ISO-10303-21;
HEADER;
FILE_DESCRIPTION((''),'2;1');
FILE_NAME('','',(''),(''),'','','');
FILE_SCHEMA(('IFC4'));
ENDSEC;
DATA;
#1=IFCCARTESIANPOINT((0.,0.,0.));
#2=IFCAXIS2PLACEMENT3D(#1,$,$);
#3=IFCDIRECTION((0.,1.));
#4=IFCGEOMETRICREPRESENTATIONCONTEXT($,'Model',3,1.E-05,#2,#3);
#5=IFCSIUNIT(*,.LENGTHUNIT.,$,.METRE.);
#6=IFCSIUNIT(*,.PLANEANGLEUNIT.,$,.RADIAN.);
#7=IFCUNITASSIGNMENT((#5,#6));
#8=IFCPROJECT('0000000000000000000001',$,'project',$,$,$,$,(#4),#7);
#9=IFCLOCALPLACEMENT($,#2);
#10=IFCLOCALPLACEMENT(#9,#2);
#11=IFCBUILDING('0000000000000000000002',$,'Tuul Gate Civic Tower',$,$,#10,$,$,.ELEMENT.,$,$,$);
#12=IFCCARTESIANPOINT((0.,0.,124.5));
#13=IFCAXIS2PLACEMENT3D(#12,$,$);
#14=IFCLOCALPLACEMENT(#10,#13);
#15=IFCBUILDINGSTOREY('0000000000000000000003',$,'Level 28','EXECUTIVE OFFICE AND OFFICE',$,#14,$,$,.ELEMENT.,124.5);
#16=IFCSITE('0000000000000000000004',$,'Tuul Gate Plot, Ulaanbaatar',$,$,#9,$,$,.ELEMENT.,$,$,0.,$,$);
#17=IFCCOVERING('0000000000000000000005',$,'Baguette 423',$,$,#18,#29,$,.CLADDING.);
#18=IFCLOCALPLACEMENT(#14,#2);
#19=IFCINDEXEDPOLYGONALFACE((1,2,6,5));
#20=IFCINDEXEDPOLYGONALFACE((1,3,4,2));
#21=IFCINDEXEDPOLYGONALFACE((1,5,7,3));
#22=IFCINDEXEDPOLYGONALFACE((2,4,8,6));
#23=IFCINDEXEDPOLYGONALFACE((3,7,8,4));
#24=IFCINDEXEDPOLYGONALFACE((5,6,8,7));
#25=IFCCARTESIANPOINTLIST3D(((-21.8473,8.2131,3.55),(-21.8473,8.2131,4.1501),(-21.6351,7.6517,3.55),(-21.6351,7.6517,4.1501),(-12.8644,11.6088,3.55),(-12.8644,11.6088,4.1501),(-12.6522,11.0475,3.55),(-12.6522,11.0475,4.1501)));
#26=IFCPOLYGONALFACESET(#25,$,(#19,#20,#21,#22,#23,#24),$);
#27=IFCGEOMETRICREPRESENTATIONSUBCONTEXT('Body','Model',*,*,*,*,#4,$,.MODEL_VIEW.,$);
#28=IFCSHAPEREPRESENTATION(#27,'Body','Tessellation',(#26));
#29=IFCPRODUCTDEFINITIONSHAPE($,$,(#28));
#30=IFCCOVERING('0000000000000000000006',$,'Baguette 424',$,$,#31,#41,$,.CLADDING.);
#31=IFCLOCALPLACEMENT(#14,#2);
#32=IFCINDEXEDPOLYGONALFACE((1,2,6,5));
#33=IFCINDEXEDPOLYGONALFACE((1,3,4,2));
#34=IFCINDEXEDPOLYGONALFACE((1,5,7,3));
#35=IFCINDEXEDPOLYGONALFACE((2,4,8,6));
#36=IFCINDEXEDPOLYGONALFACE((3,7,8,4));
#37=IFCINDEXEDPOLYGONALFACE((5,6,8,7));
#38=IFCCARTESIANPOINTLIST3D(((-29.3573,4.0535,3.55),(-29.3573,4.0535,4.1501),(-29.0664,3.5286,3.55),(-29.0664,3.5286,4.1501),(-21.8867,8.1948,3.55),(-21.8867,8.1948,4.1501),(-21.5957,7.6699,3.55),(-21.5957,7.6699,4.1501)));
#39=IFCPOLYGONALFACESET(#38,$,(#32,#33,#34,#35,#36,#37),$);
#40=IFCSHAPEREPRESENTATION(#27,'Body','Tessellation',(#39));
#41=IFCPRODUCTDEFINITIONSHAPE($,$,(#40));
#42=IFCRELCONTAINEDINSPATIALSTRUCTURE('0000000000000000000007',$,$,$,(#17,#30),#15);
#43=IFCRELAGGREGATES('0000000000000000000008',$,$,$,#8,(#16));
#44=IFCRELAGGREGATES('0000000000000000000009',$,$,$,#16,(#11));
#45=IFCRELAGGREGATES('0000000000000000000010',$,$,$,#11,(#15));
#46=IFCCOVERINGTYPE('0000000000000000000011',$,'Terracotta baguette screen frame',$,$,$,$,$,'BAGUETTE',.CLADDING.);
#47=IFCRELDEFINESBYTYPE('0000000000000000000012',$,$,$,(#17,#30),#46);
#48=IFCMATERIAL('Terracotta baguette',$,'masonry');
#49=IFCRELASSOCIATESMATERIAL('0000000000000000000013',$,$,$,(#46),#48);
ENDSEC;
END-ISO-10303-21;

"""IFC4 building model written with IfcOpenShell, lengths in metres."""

from ifc_helpers import new_model, si_unit, direction, frame, origin, origin_2d, place, context, subcontext, project, spatial, rectangle, extrude, material, material_profile, profile_set, type_object, element, save


model = new_model("IFC4")

# Units and contexts
model_context = context("Model", 3, precision=1e-05, world=origin(), true_north=direction((0.0, 1.0)))
body_context = subcontext(model_context, "Body", "Model", "MODEL_VIEW")
ifc_project = project(units=[si_unit("LENGTHUNIT", "METRE"), si_unit("PLANEANGLEUNIT", "RADIAN")], contexts=[model_context])

# Site, building, storey
site_placement = place(None, origin())
site = spatial("IfcSite", under=ifc_project, at=site_placement, Name="Tuul Gate Plot, Ulaanbaatar", CompositionType="ELEMENT", RefElevation=0.0)
building_placement = place(site_placement, origin())
building = spatial("IfcBuilding", under=site, at=building_placement, Name="Tuul Gate Civic Tower", CompositionType="ELEMENT")
storey_placement = place(building_placement, frame((0.0, 0.0, 124.5)))
storey = spatial("IfcBuildingStorey", under=building, at=storey_placement, Name="Level 28", Description="EXECUTIVE OFFICE AND OFFICE", CompositionType="ELEMENT", Elevation=124.5)

# Coverings
ifc_material_1 = material(Name="Terracotta baguette", Category="masonry")
ifc_material_profile_1 = material_profile(ifc_material_1, rectangle(XDim=0.6001, YDim=0.6001, at=origin_2d()), Name="Terracotta baguette screen frame")
ifc_profile_set_1 = profile_set([ifc_material_profile_1], Name="Terracotta baguette")
covering_type = type_object("IfcCoveringType", Name="Terracotta baguette screen frame", ElementType="BAGUETTE", PredefinedType="CLADDING", material=ifc_profile_set_1)
covering_1_placement = place(storey_placement, frame((-12.7583, 11.3281, 3.8501), z_axis=(-0.935396, -0.353602, 0.0), x_axis=(0.353602, -0.935396, 0.0)))
element("IfcCovering", 1, at=covering_1_placement, inside=storey, type_object=covering_type, Name="Baguette 423", PredefinedType="CLADDING", context=body_context, shape_type="SweptSolid", body=[
    extrude(rectangle(XDim=0.6001, YDim=0.6001, at=origin_2d()), origin(), (0.0, 0.0, 1.0), 9.6033),
])
covering_2_placement = place(storey_placement, frame((-21.7412, 7.9324, 3.8501), z_axis=(-0.874606, -0.484835, 0.0), x_axis=(0.484835, -0.874606, 0.0)))
element("IfcCovering", 2, at=covering_2_placement, inside=storey, type_object=covering_type, Name="Baguette 424", PredefinedType="CLADDING", context=body_context, shape_type="SweptSolid", body=[
    extrude(rectangle(XDim=0.6001, YDim=0.6001, at=origin_2d()), origin(), (0.0, 0.0, 1.0), 8.5417),
])

save(model, "model.ifc")
